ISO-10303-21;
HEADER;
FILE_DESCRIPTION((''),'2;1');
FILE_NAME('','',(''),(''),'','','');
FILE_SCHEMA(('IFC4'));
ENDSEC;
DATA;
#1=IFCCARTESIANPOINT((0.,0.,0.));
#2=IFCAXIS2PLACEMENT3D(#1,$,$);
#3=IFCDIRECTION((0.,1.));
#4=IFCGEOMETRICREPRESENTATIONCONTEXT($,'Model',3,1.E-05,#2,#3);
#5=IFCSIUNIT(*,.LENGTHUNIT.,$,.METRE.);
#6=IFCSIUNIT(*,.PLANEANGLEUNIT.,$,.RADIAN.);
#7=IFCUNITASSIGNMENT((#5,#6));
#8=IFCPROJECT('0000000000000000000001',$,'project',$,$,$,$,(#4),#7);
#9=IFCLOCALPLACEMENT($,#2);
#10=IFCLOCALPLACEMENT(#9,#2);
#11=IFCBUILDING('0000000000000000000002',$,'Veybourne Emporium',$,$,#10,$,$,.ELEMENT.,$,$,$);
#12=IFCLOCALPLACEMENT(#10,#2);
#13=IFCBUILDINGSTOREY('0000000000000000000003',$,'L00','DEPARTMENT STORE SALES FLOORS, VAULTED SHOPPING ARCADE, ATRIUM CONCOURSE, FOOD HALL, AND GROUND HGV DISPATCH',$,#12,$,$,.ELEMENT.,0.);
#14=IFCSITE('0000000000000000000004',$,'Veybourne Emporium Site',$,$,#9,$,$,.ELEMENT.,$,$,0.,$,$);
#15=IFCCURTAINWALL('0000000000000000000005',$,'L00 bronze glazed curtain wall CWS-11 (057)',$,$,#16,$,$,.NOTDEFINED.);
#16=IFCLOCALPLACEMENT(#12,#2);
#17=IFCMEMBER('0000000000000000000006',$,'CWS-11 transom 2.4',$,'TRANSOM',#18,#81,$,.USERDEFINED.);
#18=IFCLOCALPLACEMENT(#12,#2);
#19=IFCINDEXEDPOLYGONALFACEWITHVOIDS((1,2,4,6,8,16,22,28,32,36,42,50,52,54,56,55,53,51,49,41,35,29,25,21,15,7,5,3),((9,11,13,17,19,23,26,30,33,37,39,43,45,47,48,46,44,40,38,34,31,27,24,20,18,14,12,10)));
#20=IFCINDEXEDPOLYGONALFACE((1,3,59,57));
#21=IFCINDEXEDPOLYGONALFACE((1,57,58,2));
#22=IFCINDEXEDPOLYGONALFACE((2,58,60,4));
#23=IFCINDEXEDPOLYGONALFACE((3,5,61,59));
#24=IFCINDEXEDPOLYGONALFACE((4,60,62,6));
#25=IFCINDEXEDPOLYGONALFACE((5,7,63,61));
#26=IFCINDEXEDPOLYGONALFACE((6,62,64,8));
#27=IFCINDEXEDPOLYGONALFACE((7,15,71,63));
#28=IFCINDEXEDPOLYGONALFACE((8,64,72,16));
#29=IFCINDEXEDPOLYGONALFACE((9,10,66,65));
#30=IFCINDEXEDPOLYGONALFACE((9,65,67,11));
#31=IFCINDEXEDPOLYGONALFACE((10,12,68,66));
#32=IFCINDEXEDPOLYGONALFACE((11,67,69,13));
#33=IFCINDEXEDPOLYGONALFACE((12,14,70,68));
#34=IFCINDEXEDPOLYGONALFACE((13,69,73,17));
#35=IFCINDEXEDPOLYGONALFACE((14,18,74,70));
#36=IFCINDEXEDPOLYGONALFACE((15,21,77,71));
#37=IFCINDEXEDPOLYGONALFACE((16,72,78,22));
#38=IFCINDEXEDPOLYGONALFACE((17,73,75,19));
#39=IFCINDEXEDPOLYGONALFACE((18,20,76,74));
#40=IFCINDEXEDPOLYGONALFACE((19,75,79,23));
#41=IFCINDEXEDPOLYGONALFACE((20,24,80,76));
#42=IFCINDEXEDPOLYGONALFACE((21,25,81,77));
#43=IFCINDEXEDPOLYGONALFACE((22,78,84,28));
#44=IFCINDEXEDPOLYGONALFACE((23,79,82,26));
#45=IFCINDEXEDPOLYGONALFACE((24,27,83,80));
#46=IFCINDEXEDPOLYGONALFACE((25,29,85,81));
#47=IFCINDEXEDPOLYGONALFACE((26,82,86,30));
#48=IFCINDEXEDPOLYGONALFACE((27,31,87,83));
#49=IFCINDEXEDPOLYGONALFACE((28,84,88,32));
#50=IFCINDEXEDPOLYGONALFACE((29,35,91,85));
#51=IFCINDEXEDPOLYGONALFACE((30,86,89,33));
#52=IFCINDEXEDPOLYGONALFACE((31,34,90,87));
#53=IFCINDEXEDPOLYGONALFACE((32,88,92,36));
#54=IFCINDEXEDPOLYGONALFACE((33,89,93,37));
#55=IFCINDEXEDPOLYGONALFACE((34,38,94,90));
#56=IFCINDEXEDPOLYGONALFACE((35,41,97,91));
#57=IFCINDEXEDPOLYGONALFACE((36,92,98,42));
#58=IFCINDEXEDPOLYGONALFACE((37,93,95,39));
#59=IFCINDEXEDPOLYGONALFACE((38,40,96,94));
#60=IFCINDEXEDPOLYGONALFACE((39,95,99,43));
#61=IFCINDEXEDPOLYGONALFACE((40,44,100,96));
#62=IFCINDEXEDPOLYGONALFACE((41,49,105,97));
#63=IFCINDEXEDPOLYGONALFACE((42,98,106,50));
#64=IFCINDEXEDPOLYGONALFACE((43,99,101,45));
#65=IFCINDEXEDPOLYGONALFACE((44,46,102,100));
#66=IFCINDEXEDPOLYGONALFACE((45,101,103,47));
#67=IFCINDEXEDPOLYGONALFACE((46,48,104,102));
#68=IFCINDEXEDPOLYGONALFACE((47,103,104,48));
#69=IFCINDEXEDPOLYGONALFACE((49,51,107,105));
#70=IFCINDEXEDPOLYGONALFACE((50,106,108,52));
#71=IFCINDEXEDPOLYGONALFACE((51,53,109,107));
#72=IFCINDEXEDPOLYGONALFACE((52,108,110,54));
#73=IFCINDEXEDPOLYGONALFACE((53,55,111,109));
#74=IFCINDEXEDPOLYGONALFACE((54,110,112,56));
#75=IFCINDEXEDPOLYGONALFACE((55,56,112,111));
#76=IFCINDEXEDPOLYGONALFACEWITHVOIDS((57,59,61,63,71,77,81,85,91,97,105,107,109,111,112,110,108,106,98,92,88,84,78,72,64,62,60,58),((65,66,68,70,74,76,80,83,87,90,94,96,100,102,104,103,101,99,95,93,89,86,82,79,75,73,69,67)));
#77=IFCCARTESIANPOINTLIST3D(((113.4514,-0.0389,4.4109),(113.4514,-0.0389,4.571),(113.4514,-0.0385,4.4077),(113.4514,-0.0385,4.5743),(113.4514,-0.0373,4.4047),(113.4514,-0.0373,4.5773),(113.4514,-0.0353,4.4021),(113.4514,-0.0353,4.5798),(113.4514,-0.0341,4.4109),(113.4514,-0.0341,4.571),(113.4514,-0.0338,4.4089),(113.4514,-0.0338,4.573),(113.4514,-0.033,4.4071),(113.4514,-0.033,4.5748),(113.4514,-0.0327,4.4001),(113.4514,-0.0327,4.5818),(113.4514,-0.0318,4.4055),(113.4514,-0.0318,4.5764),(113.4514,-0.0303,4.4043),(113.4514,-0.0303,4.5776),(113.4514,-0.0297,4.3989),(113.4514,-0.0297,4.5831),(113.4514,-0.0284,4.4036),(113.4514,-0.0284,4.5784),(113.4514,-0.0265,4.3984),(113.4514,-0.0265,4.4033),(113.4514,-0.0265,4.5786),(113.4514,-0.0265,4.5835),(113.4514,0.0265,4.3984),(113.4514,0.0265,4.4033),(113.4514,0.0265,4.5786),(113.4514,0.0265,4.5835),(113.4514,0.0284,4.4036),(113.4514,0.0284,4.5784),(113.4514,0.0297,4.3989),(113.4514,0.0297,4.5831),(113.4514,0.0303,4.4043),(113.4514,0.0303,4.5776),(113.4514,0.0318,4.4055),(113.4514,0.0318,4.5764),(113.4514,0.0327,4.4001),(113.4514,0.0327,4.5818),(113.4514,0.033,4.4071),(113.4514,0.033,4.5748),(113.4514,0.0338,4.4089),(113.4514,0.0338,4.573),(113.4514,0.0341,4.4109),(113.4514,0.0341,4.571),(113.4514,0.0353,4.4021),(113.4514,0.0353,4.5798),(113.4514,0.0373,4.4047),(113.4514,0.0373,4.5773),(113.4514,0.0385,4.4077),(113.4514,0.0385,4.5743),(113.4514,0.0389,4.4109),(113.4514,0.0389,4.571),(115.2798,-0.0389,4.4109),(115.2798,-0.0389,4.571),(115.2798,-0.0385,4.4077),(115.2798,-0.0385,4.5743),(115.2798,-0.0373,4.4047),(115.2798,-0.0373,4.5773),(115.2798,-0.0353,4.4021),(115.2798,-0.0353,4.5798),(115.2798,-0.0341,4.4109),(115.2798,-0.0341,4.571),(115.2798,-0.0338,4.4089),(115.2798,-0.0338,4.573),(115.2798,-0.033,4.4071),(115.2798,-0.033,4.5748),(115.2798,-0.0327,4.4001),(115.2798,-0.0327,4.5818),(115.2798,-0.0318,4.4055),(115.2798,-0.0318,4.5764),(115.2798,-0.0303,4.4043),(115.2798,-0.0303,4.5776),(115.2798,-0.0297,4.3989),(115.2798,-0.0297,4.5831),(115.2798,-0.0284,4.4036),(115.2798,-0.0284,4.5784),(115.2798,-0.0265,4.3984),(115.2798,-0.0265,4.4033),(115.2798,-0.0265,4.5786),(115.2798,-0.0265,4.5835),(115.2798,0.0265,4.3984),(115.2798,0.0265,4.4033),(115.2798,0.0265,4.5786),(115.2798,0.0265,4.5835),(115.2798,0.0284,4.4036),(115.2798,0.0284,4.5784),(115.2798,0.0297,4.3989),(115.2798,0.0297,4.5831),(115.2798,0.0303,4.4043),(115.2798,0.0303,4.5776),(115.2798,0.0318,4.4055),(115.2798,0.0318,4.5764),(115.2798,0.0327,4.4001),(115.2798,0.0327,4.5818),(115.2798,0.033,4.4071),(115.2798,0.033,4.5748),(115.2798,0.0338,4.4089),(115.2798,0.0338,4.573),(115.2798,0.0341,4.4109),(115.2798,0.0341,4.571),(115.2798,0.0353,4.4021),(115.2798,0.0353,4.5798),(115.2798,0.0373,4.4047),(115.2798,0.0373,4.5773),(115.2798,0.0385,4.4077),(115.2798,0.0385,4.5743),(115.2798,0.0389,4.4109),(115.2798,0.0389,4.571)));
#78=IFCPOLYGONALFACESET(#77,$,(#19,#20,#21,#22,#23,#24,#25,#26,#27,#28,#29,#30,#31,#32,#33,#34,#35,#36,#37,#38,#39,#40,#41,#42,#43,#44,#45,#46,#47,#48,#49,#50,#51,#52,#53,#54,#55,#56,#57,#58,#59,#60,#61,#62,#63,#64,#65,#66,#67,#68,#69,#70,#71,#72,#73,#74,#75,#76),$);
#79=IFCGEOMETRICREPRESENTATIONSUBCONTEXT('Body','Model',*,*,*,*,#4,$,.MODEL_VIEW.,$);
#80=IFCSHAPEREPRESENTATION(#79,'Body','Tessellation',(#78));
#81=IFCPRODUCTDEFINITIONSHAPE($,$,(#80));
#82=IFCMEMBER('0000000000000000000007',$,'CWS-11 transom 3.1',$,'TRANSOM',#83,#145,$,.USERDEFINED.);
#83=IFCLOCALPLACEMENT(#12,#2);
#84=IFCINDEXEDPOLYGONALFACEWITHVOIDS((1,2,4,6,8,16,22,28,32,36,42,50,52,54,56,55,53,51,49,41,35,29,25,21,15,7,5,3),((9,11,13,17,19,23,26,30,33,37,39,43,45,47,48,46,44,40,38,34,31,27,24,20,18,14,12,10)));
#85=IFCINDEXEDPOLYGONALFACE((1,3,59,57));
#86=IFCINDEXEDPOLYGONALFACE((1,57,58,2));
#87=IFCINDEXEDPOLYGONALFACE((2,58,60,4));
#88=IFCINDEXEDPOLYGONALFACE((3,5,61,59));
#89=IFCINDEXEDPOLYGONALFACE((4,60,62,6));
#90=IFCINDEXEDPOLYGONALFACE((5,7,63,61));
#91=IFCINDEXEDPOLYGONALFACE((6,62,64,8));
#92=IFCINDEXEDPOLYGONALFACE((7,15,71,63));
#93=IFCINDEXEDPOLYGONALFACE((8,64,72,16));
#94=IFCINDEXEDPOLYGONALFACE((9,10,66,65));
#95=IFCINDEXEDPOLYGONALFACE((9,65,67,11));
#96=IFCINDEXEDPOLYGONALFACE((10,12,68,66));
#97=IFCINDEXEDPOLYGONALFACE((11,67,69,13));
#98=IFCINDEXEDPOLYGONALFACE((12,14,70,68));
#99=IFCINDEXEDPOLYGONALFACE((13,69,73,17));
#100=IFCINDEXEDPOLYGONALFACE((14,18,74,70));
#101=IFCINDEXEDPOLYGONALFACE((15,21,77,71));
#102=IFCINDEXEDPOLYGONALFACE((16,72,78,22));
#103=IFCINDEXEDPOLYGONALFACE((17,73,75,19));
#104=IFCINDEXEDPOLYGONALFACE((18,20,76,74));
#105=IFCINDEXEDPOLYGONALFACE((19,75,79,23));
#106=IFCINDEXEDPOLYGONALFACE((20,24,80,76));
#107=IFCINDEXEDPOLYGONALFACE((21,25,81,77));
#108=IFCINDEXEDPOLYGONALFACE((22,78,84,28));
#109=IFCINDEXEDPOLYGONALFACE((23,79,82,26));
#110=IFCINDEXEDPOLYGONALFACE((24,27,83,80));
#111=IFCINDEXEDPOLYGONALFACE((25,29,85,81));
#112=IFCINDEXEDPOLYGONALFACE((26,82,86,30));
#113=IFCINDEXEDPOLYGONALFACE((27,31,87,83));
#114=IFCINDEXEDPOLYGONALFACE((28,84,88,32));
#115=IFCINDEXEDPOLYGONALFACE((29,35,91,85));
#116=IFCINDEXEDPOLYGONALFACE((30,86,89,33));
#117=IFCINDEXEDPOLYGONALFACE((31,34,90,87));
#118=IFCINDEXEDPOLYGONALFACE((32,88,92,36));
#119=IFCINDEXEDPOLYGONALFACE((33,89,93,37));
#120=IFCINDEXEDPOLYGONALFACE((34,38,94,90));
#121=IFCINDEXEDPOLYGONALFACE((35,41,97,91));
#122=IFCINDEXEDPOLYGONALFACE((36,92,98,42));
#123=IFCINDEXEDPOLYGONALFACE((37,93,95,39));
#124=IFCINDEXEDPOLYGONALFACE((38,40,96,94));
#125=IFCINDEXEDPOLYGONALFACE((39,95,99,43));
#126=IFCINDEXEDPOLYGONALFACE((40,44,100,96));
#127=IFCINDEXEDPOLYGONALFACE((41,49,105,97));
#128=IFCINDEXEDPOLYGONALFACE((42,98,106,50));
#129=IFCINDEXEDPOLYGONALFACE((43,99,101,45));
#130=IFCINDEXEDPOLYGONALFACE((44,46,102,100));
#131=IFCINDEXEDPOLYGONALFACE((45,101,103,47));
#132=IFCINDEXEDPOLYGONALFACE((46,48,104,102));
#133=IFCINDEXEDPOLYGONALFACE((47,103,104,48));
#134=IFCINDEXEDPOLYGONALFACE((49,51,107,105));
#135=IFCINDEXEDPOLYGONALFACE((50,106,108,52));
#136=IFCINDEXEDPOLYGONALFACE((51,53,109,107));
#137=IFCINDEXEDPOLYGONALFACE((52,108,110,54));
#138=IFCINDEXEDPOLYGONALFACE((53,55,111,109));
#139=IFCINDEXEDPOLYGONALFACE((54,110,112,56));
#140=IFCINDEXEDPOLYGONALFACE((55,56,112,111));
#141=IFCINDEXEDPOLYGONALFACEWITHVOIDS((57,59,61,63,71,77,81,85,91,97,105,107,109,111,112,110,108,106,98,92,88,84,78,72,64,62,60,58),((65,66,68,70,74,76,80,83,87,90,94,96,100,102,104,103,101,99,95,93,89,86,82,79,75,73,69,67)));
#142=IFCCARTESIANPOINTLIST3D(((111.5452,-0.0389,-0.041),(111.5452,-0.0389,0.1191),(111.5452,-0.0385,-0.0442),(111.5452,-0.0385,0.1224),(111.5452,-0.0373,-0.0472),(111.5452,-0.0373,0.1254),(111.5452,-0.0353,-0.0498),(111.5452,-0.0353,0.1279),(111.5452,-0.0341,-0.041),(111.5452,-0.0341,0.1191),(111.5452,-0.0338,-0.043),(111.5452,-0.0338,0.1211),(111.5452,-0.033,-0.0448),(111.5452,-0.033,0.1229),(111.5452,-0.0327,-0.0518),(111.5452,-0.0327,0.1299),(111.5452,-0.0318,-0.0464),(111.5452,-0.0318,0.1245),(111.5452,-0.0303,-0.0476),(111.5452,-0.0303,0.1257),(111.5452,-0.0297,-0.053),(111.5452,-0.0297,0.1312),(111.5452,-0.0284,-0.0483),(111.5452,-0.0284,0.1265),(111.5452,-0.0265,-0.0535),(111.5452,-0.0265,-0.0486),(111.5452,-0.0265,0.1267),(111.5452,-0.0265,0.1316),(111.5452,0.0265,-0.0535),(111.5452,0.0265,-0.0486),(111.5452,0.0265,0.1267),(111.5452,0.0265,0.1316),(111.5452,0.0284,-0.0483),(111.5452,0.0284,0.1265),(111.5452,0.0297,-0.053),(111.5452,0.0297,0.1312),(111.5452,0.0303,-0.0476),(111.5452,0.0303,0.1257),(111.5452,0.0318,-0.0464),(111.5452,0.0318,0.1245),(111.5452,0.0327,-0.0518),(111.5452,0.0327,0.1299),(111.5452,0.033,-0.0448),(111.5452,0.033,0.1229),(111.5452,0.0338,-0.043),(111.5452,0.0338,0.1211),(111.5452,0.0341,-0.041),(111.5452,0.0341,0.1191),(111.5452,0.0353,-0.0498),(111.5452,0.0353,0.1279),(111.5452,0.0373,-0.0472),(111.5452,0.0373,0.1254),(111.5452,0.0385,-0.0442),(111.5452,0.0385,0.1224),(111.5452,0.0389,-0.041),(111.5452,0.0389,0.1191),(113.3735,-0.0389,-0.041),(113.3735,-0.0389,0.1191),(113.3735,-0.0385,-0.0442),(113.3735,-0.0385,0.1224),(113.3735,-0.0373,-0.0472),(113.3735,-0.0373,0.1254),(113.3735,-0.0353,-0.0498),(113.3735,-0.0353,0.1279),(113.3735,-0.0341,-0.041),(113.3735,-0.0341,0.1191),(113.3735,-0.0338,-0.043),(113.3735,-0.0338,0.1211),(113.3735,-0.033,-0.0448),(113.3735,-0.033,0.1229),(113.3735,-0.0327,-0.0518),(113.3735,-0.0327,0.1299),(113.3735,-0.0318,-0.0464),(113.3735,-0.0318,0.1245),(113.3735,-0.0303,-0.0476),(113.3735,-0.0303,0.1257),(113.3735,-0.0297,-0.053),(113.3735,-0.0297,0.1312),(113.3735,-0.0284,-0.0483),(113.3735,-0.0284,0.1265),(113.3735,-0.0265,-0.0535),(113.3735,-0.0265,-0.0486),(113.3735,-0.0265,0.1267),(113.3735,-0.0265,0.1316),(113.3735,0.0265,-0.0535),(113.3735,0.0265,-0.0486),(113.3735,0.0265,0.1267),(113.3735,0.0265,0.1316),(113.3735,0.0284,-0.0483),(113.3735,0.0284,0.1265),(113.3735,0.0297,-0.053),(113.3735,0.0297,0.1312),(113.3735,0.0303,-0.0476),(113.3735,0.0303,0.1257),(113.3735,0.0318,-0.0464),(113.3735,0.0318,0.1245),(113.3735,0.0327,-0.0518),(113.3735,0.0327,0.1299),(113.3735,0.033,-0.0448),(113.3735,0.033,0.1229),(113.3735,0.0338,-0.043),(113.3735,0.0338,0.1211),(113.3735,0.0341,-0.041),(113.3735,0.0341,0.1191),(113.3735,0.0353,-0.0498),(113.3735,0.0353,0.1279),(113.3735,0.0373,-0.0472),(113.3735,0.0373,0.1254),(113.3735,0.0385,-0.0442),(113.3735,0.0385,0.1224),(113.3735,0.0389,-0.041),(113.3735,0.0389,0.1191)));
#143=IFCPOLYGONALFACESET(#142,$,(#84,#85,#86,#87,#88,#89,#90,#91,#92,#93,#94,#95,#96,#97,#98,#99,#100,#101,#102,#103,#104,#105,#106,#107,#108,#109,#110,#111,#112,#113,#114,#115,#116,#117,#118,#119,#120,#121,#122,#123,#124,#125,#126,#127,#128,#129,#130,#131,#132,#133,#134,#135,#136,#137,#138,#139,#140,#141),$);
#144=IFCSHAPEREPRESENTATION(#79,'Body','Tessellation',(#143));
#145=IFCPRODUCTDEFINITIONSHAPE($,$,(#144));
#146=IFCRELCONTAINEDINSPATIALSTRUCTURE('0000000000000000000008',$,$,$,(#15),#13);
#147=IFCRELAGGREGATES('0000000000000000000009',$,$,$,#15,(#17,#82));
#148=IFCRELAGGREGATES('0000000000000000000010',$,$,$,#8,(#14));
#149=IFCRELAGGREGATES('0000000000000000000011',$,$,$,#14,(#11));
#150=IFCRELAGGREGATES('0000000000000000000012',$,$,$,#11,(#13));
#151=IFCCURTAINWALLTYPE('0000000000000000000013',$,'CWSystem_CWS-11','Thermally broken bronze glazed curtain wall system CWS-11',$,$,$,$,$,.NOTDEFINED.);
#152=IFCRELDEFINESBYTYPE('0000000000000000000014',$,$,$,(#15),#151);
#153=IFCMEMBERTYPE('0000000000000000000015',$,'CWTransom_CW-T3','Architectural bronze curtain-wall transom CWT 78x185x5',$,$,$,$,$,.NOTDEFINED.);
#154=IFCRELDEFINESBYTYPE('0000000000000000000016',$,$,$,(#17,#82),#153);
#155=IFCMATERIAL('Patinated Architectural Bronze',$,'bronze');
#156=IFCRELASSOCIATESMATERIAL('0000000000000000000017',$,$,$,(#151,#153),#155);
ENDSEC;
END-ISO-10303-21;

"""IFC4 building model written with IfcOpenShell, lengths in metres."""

from ifc_helpers import new_model, si_unit, direction, frame, origin, origin_2d, place, context, subcontext, project, spatial, hollow_rectangle, extrude, material, material_profile, profile_set, type_object, element, aggregate, save


model = new_model("IFC4")

# Units and contexts
model_context = context("Model", 3, precision=1e-05, world=origin(), true_north=direction((0.0, 1.0)))
body_context = subcontext(model_context, "Body", "Model", "MODEL_VIEW")
ifc_project = project(units=[si_unit("LENGTHUNIT", "METRE"), si_unit("PLANEANGLEUNIT", "RADIAN")], contexts=[model_context])

# Site, building, storey
site_placement = place(None, origin())
site = spatial("IfcSite", under=ifc_project, at=site_placement, Name="Veybourne Emporium Site", CompositionType="ELEMENT", RefElevation=0.0)
building_placement = place(site_placement, origin())
building = spatial("IfcBuilding", under=site, at=building_placement, Name="Veybourne Emporium", CompositionType="ELEMENT")
storey_placement = place(building_placement, origin())
storey = spatial("IfcBuildingStorey", under=building, at=storey_placement, Name="L00", Description="DEPARTMENT STORE SALES FLOORS, VAULTED SHOPPING ARCADE, ATRIUM CONCOURSE, FOOD HALL, AND GROUND HGV DISPATCH", CompositionType="ELEMENT", Elevation=0.0)

# Curtain wall, members
ifc_material_1 = material(Name="Patinated Architectural Bronze", Category="bronze")
curtain_wall_type = type_object("IfcCurtainWallType", Name="CWSystem_CWS-11", Description="Thermally broken bronze glazed curtain wall system CWS-11", PredefinedType="NOTDEFINED", material=ifc_material_1)
curtain_wall_placement = place(storey_placement, origin())
curtain_wall = element("IfcCurtainWall", 1, at=curtain_wall_placement, inside=storey, type_object=curtain_wall_type, Name="L00 bronze glazed curtain wall CWS-11 (057)", PredefinedType="NOTDEFINED")
ifc_material_profile_1 = material_profile(ifc_material_1, hollow_rectangle(XDim=0.0779, YDim=0.1851, WallThickness=0.0049, InnerFilletRadius=0.0076, OuterFilletRadius=0.0125, at=origin_2d()), Name="CWT 78x185x5")
ifc_profile_set_1 = profile_set([ifc_material_profile_1], Name="Patinated Architectural Bronze")
member_type_1 = type_object("IfcMemberType", Name="CWTransom_CW-T3", Description="Architectural bronze curtain-wall transom CWT 78x185x5", PredefinedType="NOTDEFINED", material=ifc_profile_set_1)
member_1_placement = place(storey_placement, frame((115.2798, 0.0, 4.491), z_axis=(-1.0, 0.0, 0.0), x_axis=(0.0, -1.0, 0.0)))
member_1 = element("IfcMember", 2, at=member_1_placement, type_object=member_type_1, Name="CWS-11 transom 2.4", ObjectType="TRANSOM", PredefinedType="USERDEFINED", context=body_context, shape_type="SweptSolid", body=[
    extrude(hollow_rectangle(XDim=0.0779, YDim=0.1851, WallThickness=0.0049, InnerFilletRadius=0.0076, OuterFilletRadius=0.0125, at=origin_2d()), origin(), (0.0, 0.0, 1.0), 1.8284),
])
member_2_placement = place(storey_placement, frame((113.3735, 0.0, 0.0391), z_axis=(-1.0, 0.0, 0.0), x_axis=(0.0, -1.0, 0.0)))
member_2 = element("IfcMember", 3, at=member_2_placement, type_object=member_type_1, Name="CWS-11 transom 3.1", ObjectType="TRANSOM", PredefinedType="USERDEFINED", context=body_context, shape_type="SweptSolid", body=[
    extrude(hollow_rectangle(XDim=0.0779, YDim=0.1851, WallThickness=0.0049, InnerFilletRadius=0.0076, OuterFilletRadius=0.0125, at=origin_2d()), origin(), (0.0, 0.0, 1.0), 1.8284),
])

aggregate(curtain_wall, [member_1, member_2])

save(model, "model.ifc")
